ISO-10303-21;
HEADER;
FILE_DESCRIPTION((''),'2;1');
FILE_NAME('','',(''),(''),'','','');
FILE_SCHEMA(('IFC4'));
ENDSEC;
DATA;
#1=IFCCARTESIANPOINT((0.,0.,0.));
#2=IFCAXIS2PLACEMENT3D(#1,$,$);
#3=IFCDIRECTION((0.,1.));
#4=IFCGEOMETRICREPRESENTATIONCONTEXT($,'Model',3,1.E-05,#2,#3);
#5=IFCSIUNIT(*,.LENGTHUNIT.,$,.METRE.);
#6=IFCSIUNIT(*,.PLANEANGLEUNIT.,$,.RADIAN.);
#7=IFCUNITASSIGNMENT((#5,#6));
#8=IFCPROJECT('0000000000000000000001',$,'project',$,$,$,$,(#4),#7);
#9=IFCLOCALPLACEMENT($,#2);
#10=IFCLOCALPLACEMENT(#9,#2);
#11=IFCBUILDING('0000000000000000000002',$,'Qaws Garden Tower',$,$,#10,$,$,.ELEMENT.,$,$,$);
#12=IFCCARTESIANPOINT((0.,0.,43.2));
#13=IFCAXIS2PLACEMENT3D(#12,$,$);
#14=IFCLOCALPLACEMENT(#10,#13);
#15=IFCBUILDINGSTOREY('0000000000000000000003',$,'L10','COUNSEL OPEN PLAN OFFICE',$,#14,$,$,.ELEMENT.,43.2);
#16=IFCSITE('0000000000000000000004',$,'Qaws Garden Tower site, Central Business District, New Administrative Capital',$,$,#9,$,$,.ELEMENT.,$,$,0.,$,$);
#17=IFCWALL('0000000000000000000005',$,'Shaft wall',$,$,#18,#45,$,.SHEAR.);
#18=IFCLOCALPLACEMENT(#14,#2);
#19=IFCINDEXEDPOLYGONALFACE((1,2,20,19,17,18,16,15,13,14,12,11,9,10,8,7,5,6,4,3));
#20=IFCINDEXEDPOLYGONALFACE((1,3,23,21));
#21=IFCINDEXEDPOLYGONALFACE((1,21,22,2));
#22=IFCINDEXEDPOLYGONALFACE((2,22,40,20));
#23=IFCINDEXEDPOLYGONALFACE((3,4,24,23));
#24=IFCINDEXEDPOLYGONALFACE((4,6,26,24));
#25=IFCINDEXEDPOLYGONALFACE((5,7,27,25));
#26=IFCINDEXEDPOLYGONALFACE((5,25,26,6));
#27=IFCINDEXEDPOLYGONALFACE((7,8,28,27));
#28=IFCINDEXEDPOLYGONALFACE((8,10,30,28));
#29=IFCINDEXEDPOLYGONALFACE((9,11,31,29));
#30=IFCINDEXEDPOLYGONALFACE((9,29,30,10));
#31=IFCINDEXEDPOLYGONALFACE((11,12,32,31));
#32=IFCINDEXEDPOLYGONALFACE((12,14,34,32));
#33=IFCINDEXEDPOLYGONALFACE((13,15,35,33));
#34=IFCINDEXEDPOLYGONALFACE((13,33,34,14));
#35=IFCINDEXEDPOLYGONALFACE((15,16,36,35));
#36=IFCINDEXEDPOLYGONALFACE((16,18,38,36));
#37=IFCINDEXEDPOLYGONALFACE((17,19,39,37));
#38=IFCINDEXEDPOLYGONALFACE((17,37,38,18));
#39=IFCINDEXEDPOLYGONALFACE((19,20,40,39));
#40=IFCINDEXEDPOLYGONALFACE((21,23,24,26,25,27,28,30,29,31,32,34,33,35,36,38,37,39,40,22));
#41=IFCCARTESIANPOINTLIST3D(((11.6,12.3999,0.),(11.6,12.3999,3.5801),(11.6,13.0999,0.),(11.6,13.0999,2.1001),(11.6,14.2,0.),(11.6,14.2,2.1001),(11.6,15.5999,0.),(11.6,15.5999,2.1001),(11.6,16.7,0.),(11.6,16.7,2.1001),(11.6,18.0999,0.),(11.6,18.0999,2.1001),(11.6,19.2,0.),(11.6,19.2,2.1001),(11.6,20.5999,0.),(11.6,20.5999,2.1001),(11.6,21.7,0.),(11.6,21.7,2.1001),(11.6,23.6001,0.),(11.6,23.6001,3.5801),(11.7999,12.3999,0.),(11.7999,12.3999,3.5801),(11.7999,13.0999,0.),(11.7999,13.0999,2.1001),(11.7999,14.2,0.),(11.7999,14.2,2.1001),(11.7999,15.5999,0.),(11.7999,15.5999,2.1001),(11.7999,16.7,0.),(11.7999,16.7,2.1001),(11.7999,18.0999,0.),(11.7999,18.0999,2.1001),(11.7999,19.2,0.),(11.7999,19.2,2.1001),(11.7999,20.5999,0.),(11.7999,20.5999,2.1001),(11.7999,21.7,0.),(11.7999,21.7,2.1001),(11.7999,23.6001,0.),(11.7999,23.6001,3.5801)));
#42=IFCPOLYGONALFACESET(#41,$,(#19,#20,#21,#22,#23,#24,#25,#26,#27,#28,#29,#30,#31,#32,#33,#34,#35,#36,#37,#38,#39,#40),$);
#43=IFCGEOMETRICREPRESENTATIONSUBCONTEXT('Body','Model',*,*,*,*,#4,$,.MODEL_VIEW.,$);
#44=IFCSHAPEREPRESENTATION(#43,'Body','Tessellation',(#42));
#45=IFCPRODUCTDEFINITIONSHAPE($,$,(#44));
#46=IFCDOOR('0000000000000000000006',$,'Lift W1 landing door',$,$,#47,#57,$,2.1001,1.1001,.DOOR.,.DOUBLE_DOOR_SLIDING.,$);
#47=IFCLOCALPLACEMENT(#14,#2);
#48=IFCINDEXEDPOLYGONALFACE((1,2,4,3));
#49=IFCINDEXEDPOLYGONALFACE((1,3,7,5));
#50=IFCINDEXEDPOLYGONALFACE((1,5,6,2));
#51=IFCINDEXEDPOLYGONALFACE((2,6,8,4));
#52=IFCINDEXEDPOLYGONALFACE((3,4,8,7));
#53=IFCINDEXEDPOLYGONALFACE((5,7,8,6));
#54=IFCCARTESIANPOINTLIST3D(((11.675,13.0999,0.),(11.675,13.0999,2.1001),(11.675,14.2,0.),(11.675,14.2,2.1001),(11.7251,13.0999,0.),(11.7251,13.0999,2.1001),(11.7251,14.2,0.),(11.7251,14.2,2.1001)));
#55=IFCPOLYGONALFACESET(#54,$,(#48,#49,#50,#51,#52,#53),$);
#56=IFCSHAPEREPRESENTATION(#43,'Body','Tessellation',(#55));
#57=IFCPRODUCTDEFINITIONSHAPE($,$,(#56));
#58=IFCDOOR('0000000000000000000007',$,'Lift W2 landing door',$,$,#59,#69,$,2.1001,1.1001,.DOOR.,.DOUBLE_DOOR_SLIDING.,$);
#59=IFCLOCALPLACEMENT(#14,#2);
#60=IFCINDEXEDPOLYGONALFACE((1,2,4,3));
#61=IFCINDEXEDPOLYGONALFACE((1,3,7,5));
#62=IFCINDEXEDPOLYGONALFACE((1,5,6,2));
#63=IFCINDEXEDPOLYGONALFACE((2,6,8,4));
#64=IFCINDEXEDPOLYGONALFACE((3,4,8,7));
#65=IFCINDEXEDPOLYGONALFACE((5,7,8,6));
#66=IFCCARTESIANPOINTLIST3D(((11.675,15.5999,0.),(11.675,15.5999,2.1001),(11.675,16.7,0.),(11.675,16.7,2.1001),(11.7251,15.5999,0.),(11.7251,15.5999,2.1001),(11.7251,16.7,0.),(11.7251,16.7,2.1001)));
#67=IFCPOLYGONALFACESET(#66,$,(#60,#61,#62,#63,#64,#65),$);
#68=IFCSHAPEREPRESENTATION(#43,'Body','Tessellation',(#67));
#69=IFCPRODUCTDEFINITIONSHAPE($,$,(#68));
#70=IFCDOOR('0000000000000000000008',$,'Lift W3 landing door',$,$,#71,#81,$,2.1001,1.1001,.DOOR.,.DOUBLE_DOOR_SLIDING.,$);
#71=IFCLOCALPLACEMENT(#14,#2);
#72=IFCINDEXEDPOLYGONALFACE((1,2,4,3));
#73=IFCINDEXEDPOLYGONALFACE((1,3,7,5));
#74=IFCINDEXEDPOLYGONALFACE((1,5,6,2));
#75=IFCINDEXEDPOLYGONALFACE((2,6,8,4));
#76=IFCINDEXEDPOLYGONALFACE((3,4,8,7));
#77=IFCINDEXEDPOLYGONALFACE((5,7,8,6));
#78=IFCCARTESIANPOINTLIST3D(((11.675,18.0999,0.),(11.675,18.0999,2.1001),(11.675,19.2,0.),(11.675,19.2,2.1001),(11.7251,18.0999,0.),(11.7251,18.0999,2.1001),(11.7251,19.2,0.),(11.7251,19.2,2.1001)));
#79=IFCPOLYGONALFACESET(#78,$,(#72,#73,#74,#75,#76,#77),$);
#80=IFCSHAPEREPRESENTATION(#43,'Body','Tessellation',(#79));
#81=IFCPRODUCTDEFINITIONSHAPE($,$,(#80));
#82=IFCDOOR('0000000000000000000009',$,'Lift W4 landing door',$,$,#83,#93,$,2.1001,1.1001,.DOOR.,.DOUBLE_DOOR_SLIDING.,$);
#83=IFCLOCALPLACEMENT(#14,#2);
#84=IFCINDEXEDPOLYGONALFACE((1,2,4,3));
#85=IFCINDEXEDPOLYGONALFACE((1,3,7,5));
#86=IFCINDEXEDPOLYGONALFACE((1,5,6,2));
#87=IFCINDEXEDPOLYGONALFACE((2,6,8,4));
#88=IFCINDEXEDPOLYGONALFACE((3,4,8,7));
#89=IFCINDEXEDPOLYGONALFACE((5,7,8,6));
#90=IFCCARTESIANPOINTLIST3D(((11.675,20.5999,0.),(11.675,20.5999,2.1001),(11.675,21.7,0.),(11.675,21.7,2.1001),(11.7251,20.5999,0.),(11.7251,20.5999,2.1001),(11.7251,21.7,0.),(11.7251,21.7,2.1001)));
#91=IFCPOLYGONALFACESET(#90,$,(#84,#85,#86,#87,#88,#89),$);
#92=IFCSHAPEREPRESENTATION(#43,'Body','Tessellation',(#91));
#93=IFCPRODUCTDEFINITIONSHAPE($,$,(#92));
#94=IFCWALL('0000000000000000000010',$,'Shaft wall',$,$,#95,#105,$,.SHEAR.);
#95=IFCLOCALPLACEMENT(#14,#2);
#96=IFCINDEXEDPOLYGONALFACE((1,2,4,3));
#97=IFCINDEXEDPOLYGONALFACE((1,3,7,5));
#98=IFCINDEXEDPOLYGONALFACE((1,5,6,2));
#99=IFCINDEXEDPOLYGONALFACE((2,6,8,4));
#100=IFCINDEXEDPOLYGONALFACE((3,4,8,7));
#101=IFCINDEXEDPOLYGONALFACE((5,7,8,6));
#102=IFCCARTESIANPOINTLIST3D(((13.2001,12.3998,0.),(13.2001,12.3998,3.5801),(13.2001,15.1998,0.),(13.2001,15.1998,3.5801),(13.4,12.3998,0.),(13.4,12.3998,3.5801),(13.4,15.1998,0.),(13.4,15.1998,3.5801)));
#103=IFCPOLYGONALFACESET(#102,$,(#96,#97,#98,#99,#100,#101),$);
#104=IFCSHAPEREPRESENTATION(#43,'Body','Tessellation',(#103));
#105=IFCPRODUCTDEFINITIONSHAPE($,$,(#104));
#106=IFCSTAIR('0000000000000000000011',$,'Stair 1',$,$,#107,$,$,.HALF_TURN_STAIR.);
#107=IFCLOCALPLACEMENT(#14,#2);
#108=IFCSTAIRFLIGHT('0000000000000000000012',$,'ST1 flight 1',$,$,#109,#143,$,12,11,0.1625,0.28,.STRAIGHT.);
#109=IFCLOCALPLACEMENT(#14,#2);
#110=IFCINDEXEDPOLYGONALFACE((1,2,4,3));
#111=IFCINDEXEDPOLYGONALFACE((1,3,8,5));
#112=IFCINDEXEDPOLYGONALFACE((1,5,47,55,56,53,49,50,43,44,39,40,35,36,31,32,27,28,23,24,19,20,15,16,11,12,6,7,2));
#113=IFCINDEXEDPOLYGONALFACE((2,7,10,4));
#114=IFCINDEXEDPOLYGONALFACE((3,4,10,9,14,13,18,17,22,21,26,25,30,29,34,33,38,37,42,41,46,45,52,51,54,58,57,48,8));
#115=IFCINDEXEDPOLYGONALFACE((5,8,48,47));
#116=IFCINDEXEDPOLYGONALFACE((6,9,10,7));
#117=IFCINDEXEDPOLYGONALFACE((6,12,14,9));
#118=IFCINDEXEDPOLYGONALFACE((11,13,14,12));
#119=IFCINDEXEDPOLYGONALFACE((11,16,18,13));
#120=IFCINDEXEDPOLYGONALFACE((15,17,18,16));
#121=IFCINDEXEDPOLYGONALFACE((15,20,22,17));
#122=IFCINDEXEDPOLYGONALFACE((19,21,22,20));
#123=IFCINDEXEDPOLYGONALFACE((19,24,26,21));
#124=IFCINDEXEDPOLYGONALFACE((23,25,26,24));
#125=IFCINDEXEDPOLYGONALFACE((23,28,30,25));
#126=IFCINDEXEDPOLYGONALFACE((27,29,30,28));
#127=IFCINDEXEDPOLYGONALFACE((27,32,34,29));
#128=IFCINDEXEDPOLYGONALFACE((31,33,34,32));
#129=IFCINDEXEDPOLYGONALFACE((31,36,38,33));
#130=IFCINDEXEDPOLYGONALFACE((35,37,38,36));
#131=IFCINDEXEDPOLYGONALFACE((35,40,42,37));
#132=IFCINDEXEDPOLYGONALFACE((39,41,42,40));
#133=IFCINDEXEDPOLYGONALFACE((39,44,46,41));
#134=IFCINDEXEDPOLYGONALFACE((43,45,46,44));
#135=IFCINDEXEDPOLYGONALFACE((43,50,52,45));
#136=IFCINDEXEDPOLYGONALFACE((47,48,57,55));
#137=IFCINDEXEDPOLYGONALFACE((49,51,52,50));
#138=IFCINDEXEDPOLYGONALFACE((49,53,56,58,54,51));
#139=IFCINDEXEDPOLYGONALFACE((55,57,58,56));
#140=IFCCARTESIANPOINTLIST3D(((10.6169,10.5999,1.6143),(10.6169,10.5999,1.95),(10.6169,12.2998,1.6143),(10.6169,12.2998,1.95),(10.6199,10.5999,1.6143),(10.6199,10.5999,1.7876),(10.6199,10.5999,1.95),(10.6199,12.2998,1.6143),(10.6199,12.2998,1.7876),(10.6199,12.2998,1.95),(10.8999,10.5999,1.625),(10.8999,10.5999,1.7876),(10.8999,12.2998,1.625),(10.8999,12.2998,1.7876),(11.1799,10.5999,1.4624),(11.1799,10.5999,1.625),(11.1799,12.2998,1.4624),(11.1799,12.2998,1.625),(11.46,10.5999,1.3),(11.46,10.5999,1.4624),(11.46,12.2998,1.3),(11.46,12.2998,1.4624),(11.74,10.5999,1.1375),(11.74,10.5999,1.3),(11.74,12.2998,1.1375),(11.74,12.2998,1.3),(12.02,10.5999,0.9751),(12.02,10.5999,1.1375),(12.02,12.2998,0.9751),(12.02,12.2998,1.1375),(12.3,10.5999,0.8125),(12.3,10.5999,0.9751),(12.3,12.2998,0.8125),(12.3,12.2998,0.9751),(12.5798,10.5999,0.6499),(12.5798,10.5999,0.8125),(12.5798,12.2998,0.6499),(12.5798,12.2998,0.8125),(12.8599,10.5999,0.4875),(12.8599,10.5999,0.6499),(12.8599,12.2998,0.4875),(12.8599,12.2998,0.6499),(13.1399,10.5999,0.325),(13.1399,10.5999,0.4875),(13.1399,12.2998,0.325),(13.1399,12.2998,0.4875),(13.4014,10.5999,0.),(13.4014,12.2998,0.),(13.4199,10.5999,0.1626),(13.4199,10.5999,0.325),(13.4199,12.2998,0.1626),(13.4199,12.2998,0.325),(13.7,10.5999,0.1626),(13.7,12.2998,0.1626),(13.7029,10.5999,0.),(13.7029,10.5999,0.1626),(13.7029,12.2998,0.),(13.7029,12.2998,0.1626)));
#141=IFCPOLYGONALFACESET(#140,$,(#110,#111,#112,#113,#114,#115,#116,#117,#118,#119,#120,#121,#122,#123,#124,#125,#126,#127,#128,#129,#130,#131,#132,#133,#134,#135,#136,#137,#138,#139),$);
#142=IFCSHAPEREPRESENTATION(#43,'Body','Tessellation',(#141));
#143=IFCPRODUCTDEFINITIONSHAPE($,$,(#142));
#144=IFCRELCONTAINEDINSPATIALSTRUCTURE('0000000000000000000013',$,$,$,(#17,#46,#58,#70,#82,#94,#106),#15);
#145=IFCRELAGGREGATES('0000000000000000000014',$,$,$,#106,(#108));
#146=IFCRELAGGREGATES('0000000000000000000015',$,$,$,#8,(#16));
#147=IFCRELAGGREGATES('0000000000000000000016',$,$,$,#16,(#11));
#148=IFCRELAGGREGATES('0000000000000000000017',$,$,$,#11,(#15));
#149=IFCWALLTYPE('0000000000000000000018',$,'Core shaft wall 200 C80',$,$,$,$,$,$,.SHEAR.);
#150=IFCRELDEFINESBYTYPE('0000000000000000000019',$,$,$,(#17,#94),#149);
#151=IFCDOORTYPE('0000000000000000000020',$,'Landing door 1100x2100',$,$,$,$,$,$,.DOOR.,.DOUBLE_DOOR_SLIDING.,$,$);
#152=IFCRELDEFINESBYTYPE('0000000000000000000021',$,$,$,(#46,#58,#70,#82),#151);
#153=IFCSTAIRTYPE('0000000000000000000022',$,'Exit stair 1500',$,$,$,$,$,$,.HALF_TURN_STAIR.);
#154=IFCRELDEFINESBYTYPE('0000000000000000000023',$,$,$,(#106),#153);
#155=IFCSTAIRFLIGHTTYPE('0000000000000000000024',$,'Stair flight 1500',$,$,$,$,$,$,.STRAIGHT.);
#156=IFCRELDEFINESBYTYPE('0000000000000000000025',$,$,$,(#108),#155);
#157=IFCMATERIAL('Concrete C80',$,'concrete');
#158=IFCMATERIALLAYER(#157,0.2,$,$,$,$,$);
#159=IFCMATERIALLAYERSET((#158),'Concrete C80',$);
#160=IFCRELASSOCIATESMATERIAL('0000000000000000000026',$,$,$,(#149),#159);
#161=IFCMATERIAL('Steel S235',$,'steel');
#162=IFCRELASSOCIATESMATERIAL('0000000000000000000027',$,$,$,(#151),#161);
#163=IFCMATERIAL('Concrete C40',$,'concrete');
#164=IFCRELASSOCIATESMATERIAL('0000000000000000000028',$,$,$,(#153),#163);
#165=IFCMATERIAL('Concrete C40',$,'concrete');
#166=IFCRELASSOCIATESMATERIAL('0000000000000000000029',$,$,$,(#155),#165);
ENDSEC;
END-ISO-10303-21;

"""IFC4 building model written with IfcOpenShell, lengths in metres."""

from ifc_helpers import new_model, si_unit, direction, frame, frame_2d, origin, place, context, subcontext, project, spatial, polyline, rectangle, outline, extrude, material, layer, layer_set, type_object, element, fill, aggregate, save


model = new_model("IFC4")

# Units and contexts
model_context = context("Model", 3, precision=1e-05, world=origin(), true_north=direction((0.0, 1.0)))
body_context = subcontext(model_context, "Body", "Model", "MODEL_VIEW")
ifc_project = project(units=[si_unit("LENGTHUNIT", "METRE"), si_unit("PLANEANGLEUNIT", "RADIAN")], contexts=[model_context])

# Site, building, storey
site_placement = place(None, origin())
site = spatial("IfcSite", under=ifc_project, at=site_placement, Name="Qaws Garden Tower site, Central Business District, New Administrative Capital", CompositionType="ELEMENT", RefElevation=0.0)
building_placement = place(site_placement, origin())
building = spatial("IfcBuilding", under=site, at=building_placement, Name="Qaws Garden Tower", CompositionType="ELEMENT")
storey_placement = place(building_placement, frame((0.0, 0.0, 43.2)))
storey = spatial("IfcBuildingStorey", under=building, at=storey_placement, Name="L10", Description="COUNSEL OPEN PLAN OFFICE", CompositionType="ELEMENT", Elevation=43.2)

# Shared definitions
ifc_material_1 = material(Name="Concrete C80", Category="concrete")
ifc_layer_1 = layer(ifc_material_1, 0.2)
ifc_layer_set_1 = layer_set([ifc_layer_1], Name="Concrete C80")
wall_type_1 = type_object("IfcWallType", Name="Core shaft wall 200 C80", PredefinedType="SHEAR", material=ifc_layer_set_1)

# Shared definitions
ifc_material_2 = material(Name="Steel S235", Category="steel")
door_type_1 = type_object("IfcDoorType", Name="Landing door 1100x2100", OperationType="DOUBLE_DOOR_SLIDING", PredefinedType="DOOR", material=ifc_material_2)

# Wall, openings, doors
wall_1_placement = place(storey_placement, frame((11.7, 12.3999, 0.0), z_axis=(0.0, 0.0, 1.0), x_axis=(0.0, 1.0, 0.0)))
wall_1 = element("IfcWall", 1, at=wall_1_placement, inside=storey, type_object=wall_type_1, Name="Shaft wall", PredefinedType="SHEAR", context=body_context, shape_type="SweptSolid", body=[
    extrude(rectangle(XDim=11.2002, YDim=0.2, at=frame_2d((5.6001, 0.0))), origin(), (0.0, 0.0, 1.0), 3.5801),
])
opening_1_placement = place(wall_1_placement, frame((0.7, 0.0, 0.0)))
opening_1 = element("IfcOpeningElement", 2, at=opening_1_placement, cuts=wall_1, PredefinedType="OPENING", context=body_context, shape_type="SweptSolid", body=[
    extrude(rectangle(XDim=1.1001, YDim=2.1001, at=frame_2d((0.55, 1.05))), frame((0.0, 0.1099, 0.0), z_axis=(0.0, -1.0, 0.0), x_axis=(1.0, 0.0, 0.0)), (0.0, 0.0, 1.0), 0.22),
])
opening_2_placement = place(wall_1_placement, frame((3.2, 0.0, 0.0)))
opening_2 = element("IfcOpeningElement", 3, at=opening_2_placement, cuts=wall_1, PredefinedType="OPENING", context=body_context, shape_type="SweptSolid", body=[
    extrude(rectangle(XDim=1.1001, YDim=2.1001, at=frame_2d((0.55, 1.05))), frame((0.0, 0.1099, 0.0), z_axis=(0.0, -1.0, 0.0), x_axis=(1.0, 0.0, 0.0)), (0.0, 0.0, 1.0), 0.22),
])
opening_3_placement = place(wall_1_placement, frame((5.7, 0.0, 0.0)))
opening_3 = element("IfcOpeningElement", 4, at=opening_3_placement, cuts=wall_1, PredefinedType="OPENING", context=body_context, shape_type="SweptSolid", body=[
    extrude(rectangle(XDim=1.1001, YDim=2.1001, at=frame_2d((0.55, 1.05))), frame((0.0, 0.1099, 0.0), z_axis=(0.0, -1.0, 0.0), x_axis=(1.0, 0.0, 0.0)), (0.0, 0.0, 1.0), 0.22),
])
opening_4_placement = place(wall_1_placement, frame((8.2, 0.0, 0.0)))
opening_4 = element("IfcOpeningElement", 5, at=opening_4_placement, cuts=wall_1, PredefinedType="OPENING", context=body_context, shape_type="SweptSolid", body=[
    extrude(rectangle(XDim=1.1001, YDim=2.1001, at=frame_2d((0.55, 1.05))), frame((0.0, 0.1099, 0.0), z_axis=(0.0, -1.0, 0.0), x_axis=(1.0, 0.0, 0.0)), (0.0, 0.0, 1.0), 0.22),
])
door_1_placement = place(opening_1_placement, origin())
door_1 = element("IfcDoor", 6, at=door_1_placement, inside=storey, type_object=door_type_1, Name="Lift W1 landing door", OperationType="DOUBLE_DOOR_SLIDING", OverallHeight=2.1001, OverallWidth=1.1001, PredefinedType="DOOR", context=body_context, shape_type="SweptSolid", body=[
    extrude(rectangle(XDim=1.1001, YDim=2.1001, at=frame_2d((0.55, 1.05))), frame((0.0, 0.0249, 0.0), z_axis=(0.0, -1.0, 0.0), x_axis=(1.0, 0.0, 0.0)), (0.0, 0.0, 1.0), 0.05),
])
fill(opening_1, door_1)
door_2_placement = place(opening_2_placement, origin())
door_2 = element("IfcDoor", 7, at=door_2_placement, inside=storey, type_object=door_type_1, Name="Lift W2 landing door", OperationType="DOUBLE_DOOR_SLIDING", OverallHeight=2.1001, OverallWidth=1.1001, PredefinedType="DOOR", context=body_context, shape_type="SweptSolid", body=[
    extrude(rectangle(XDim=1.1001, YDim=2.1001, at=frame_2d((0.55, 1.05))), frame((0.0, 0.0249, 0.0), z_axis=(0.0, -1.0, 0.0), x_axis=(1.0, 0.0, 0.0)), (0.0, 0.0, 1.0), 0.05),
])
fill(opening_2, door_2)
door_3_placement = place(opening_3_placement, origin())
door_3 = element("IfcDoor", 8, at=door_3_placement, inside=storey, type_object=door_type_1, Name="Lift W3 landing door", OperationType="DOUBLE_DOOR_SLIDING", OverallHeight=2.1001, OverallWidth=1.1001, PredefinedType="DOOR", context=body_context, shape_type="SweptSolid", body=[
    extrude(rectangle(XDim=1.1001, YDim=2.1001, at=frame_2d((0.55, 1.05))), frame((0.0, 0.0249, 0.0), z_axis=(0.0, -1.0, 0.0), x_axis=(1.0, 0.0, 0.0)), (0.0, 0.0, 1.0), 0.05),
])
fill(opening_3, door_3)
door_4_placement = place(opening_4_placement, origin())
door_4 = element("IfcDoor", 9, at=door_4_placement, inside=storey, type_object=door_type_1, Name="Lift W4 landing door", OperationType="DOUBLE_DOOR_SLIDING", OverallHeight=2.1001, OverallWidth=1.1001, PredefinedType="DOOR", context=body_context, shape_type="SweptSolid", body=[
    extrude(rectangle(XDim=1.1001, YDim=2.1001, at=frame_2d((0.55, 1.05))), frame((0.0, 0.0249, 0.0), z_axis=(0.0, -1.0, 0.0), x_axis=(1.0, 0.0, 0.0)), (0.0, 0.0, 1.0), 0.05),
])
fill(opening_4, door_4)

# Wall
wall_2_placement = place(storey_placement, frame((13.3, 12.3999, 0.0), z_axis=(0.0, 0.0, 1.0), x_axis=(0.0, 1.0, 0.0)))
element("IfcWall", 10, at=wall_2_placement, inside=storey, type_object=wall_type_1, Name="Shaft wall", PredefinedType="SHEAR", context=body_context, shape_type="SweptSolid", body=[
    extrude(rectangle(XDim=2.8, YDim=0.2, at=frame_2d((1.3999, 0.0))), origin(), (0.0, 0.0, 1.0), 3.5801),
])

# Stair, stair flight
ifc_material_3 = material(Name="Concrete C40", Category="concrete")
stair_type = type_object("IfcStairType", Name="Exit stair 1500", PredefinedType="HALF_TURN_STAIR", material=ifc_material_3)
stair_placement = place(storey_placement, origin())
stair = element("IfcStair", 11, at=stair_placement, inside=storey, type_object=stair_type, Name="Stair 1", PredefinedType="HALF_TURN_STAIR")
ifc_material_4 = material(Name="Concrete C40", Category="concrete")
stair_flight_type = type_object("IfcStairFlightType", Name="Stair flight 1500", PredefinedType="STRAIGHT", material=ifc_material_4)
stair_flight_placement = place(storey_placement, frame((13.7, 11.45, 0.0), z_axis=(0.0, 0.0, 1.0), x_axis=(-1.0, 0.0, 0.0)))
stair_flight = element("IfcStairFlight", 12, at=stair_flight_placement, type_object=stair_flight_type, Name="ST1 flight 1", NumberOfRisers=12, NumberOfTreads=11, PredefinedType="STRAIGHT", RiserHeight=0.1625, TreadLength=0.28, context=body_context, shape_type="SweptSolid", body=[
    extrude(outline(polyline([(-0.0029, 0.0), (-0.0029, 0.1626), (0.0, 0.1626), (0.28, 0.1626), (0.28, 0.325), (0.5601, 0.325), (0.5601, 0.4875), (0.8401, 0.4875), (0.8401, 0.6499), (1.1201, 0.6499), (1.1201, 0.8125), (1.3999, 0.8125), (1.3999, 0.9751), (1.6799, 0.9751), (1.6799, 1.1375), (1.96, 1.1375), (1.96, 1.3), (2.24, 1.3), (2.24, 1.4624), (2.52, 1.4624), (2.52, 1.625), (2.8, 1.625), (2.8, 1.7876), (3.0801, 1.7876), (3.0801, 1.95), (3.083, 1.95), (3.083, 1.6143), (3.0801, 1.6143), (0.2986, 0.0), (-0.0029, 0.0)])), frame((0.0, 0.8501, 0.0), z_axis=(0.0, -1.0, 0.0), x_axis=(1.0, 0.0, 0.0)), (0.0, 0.0, 1.0), 1.7),
])
aggregate(stair, [stair_flight])

save(model, "model.ifc")
